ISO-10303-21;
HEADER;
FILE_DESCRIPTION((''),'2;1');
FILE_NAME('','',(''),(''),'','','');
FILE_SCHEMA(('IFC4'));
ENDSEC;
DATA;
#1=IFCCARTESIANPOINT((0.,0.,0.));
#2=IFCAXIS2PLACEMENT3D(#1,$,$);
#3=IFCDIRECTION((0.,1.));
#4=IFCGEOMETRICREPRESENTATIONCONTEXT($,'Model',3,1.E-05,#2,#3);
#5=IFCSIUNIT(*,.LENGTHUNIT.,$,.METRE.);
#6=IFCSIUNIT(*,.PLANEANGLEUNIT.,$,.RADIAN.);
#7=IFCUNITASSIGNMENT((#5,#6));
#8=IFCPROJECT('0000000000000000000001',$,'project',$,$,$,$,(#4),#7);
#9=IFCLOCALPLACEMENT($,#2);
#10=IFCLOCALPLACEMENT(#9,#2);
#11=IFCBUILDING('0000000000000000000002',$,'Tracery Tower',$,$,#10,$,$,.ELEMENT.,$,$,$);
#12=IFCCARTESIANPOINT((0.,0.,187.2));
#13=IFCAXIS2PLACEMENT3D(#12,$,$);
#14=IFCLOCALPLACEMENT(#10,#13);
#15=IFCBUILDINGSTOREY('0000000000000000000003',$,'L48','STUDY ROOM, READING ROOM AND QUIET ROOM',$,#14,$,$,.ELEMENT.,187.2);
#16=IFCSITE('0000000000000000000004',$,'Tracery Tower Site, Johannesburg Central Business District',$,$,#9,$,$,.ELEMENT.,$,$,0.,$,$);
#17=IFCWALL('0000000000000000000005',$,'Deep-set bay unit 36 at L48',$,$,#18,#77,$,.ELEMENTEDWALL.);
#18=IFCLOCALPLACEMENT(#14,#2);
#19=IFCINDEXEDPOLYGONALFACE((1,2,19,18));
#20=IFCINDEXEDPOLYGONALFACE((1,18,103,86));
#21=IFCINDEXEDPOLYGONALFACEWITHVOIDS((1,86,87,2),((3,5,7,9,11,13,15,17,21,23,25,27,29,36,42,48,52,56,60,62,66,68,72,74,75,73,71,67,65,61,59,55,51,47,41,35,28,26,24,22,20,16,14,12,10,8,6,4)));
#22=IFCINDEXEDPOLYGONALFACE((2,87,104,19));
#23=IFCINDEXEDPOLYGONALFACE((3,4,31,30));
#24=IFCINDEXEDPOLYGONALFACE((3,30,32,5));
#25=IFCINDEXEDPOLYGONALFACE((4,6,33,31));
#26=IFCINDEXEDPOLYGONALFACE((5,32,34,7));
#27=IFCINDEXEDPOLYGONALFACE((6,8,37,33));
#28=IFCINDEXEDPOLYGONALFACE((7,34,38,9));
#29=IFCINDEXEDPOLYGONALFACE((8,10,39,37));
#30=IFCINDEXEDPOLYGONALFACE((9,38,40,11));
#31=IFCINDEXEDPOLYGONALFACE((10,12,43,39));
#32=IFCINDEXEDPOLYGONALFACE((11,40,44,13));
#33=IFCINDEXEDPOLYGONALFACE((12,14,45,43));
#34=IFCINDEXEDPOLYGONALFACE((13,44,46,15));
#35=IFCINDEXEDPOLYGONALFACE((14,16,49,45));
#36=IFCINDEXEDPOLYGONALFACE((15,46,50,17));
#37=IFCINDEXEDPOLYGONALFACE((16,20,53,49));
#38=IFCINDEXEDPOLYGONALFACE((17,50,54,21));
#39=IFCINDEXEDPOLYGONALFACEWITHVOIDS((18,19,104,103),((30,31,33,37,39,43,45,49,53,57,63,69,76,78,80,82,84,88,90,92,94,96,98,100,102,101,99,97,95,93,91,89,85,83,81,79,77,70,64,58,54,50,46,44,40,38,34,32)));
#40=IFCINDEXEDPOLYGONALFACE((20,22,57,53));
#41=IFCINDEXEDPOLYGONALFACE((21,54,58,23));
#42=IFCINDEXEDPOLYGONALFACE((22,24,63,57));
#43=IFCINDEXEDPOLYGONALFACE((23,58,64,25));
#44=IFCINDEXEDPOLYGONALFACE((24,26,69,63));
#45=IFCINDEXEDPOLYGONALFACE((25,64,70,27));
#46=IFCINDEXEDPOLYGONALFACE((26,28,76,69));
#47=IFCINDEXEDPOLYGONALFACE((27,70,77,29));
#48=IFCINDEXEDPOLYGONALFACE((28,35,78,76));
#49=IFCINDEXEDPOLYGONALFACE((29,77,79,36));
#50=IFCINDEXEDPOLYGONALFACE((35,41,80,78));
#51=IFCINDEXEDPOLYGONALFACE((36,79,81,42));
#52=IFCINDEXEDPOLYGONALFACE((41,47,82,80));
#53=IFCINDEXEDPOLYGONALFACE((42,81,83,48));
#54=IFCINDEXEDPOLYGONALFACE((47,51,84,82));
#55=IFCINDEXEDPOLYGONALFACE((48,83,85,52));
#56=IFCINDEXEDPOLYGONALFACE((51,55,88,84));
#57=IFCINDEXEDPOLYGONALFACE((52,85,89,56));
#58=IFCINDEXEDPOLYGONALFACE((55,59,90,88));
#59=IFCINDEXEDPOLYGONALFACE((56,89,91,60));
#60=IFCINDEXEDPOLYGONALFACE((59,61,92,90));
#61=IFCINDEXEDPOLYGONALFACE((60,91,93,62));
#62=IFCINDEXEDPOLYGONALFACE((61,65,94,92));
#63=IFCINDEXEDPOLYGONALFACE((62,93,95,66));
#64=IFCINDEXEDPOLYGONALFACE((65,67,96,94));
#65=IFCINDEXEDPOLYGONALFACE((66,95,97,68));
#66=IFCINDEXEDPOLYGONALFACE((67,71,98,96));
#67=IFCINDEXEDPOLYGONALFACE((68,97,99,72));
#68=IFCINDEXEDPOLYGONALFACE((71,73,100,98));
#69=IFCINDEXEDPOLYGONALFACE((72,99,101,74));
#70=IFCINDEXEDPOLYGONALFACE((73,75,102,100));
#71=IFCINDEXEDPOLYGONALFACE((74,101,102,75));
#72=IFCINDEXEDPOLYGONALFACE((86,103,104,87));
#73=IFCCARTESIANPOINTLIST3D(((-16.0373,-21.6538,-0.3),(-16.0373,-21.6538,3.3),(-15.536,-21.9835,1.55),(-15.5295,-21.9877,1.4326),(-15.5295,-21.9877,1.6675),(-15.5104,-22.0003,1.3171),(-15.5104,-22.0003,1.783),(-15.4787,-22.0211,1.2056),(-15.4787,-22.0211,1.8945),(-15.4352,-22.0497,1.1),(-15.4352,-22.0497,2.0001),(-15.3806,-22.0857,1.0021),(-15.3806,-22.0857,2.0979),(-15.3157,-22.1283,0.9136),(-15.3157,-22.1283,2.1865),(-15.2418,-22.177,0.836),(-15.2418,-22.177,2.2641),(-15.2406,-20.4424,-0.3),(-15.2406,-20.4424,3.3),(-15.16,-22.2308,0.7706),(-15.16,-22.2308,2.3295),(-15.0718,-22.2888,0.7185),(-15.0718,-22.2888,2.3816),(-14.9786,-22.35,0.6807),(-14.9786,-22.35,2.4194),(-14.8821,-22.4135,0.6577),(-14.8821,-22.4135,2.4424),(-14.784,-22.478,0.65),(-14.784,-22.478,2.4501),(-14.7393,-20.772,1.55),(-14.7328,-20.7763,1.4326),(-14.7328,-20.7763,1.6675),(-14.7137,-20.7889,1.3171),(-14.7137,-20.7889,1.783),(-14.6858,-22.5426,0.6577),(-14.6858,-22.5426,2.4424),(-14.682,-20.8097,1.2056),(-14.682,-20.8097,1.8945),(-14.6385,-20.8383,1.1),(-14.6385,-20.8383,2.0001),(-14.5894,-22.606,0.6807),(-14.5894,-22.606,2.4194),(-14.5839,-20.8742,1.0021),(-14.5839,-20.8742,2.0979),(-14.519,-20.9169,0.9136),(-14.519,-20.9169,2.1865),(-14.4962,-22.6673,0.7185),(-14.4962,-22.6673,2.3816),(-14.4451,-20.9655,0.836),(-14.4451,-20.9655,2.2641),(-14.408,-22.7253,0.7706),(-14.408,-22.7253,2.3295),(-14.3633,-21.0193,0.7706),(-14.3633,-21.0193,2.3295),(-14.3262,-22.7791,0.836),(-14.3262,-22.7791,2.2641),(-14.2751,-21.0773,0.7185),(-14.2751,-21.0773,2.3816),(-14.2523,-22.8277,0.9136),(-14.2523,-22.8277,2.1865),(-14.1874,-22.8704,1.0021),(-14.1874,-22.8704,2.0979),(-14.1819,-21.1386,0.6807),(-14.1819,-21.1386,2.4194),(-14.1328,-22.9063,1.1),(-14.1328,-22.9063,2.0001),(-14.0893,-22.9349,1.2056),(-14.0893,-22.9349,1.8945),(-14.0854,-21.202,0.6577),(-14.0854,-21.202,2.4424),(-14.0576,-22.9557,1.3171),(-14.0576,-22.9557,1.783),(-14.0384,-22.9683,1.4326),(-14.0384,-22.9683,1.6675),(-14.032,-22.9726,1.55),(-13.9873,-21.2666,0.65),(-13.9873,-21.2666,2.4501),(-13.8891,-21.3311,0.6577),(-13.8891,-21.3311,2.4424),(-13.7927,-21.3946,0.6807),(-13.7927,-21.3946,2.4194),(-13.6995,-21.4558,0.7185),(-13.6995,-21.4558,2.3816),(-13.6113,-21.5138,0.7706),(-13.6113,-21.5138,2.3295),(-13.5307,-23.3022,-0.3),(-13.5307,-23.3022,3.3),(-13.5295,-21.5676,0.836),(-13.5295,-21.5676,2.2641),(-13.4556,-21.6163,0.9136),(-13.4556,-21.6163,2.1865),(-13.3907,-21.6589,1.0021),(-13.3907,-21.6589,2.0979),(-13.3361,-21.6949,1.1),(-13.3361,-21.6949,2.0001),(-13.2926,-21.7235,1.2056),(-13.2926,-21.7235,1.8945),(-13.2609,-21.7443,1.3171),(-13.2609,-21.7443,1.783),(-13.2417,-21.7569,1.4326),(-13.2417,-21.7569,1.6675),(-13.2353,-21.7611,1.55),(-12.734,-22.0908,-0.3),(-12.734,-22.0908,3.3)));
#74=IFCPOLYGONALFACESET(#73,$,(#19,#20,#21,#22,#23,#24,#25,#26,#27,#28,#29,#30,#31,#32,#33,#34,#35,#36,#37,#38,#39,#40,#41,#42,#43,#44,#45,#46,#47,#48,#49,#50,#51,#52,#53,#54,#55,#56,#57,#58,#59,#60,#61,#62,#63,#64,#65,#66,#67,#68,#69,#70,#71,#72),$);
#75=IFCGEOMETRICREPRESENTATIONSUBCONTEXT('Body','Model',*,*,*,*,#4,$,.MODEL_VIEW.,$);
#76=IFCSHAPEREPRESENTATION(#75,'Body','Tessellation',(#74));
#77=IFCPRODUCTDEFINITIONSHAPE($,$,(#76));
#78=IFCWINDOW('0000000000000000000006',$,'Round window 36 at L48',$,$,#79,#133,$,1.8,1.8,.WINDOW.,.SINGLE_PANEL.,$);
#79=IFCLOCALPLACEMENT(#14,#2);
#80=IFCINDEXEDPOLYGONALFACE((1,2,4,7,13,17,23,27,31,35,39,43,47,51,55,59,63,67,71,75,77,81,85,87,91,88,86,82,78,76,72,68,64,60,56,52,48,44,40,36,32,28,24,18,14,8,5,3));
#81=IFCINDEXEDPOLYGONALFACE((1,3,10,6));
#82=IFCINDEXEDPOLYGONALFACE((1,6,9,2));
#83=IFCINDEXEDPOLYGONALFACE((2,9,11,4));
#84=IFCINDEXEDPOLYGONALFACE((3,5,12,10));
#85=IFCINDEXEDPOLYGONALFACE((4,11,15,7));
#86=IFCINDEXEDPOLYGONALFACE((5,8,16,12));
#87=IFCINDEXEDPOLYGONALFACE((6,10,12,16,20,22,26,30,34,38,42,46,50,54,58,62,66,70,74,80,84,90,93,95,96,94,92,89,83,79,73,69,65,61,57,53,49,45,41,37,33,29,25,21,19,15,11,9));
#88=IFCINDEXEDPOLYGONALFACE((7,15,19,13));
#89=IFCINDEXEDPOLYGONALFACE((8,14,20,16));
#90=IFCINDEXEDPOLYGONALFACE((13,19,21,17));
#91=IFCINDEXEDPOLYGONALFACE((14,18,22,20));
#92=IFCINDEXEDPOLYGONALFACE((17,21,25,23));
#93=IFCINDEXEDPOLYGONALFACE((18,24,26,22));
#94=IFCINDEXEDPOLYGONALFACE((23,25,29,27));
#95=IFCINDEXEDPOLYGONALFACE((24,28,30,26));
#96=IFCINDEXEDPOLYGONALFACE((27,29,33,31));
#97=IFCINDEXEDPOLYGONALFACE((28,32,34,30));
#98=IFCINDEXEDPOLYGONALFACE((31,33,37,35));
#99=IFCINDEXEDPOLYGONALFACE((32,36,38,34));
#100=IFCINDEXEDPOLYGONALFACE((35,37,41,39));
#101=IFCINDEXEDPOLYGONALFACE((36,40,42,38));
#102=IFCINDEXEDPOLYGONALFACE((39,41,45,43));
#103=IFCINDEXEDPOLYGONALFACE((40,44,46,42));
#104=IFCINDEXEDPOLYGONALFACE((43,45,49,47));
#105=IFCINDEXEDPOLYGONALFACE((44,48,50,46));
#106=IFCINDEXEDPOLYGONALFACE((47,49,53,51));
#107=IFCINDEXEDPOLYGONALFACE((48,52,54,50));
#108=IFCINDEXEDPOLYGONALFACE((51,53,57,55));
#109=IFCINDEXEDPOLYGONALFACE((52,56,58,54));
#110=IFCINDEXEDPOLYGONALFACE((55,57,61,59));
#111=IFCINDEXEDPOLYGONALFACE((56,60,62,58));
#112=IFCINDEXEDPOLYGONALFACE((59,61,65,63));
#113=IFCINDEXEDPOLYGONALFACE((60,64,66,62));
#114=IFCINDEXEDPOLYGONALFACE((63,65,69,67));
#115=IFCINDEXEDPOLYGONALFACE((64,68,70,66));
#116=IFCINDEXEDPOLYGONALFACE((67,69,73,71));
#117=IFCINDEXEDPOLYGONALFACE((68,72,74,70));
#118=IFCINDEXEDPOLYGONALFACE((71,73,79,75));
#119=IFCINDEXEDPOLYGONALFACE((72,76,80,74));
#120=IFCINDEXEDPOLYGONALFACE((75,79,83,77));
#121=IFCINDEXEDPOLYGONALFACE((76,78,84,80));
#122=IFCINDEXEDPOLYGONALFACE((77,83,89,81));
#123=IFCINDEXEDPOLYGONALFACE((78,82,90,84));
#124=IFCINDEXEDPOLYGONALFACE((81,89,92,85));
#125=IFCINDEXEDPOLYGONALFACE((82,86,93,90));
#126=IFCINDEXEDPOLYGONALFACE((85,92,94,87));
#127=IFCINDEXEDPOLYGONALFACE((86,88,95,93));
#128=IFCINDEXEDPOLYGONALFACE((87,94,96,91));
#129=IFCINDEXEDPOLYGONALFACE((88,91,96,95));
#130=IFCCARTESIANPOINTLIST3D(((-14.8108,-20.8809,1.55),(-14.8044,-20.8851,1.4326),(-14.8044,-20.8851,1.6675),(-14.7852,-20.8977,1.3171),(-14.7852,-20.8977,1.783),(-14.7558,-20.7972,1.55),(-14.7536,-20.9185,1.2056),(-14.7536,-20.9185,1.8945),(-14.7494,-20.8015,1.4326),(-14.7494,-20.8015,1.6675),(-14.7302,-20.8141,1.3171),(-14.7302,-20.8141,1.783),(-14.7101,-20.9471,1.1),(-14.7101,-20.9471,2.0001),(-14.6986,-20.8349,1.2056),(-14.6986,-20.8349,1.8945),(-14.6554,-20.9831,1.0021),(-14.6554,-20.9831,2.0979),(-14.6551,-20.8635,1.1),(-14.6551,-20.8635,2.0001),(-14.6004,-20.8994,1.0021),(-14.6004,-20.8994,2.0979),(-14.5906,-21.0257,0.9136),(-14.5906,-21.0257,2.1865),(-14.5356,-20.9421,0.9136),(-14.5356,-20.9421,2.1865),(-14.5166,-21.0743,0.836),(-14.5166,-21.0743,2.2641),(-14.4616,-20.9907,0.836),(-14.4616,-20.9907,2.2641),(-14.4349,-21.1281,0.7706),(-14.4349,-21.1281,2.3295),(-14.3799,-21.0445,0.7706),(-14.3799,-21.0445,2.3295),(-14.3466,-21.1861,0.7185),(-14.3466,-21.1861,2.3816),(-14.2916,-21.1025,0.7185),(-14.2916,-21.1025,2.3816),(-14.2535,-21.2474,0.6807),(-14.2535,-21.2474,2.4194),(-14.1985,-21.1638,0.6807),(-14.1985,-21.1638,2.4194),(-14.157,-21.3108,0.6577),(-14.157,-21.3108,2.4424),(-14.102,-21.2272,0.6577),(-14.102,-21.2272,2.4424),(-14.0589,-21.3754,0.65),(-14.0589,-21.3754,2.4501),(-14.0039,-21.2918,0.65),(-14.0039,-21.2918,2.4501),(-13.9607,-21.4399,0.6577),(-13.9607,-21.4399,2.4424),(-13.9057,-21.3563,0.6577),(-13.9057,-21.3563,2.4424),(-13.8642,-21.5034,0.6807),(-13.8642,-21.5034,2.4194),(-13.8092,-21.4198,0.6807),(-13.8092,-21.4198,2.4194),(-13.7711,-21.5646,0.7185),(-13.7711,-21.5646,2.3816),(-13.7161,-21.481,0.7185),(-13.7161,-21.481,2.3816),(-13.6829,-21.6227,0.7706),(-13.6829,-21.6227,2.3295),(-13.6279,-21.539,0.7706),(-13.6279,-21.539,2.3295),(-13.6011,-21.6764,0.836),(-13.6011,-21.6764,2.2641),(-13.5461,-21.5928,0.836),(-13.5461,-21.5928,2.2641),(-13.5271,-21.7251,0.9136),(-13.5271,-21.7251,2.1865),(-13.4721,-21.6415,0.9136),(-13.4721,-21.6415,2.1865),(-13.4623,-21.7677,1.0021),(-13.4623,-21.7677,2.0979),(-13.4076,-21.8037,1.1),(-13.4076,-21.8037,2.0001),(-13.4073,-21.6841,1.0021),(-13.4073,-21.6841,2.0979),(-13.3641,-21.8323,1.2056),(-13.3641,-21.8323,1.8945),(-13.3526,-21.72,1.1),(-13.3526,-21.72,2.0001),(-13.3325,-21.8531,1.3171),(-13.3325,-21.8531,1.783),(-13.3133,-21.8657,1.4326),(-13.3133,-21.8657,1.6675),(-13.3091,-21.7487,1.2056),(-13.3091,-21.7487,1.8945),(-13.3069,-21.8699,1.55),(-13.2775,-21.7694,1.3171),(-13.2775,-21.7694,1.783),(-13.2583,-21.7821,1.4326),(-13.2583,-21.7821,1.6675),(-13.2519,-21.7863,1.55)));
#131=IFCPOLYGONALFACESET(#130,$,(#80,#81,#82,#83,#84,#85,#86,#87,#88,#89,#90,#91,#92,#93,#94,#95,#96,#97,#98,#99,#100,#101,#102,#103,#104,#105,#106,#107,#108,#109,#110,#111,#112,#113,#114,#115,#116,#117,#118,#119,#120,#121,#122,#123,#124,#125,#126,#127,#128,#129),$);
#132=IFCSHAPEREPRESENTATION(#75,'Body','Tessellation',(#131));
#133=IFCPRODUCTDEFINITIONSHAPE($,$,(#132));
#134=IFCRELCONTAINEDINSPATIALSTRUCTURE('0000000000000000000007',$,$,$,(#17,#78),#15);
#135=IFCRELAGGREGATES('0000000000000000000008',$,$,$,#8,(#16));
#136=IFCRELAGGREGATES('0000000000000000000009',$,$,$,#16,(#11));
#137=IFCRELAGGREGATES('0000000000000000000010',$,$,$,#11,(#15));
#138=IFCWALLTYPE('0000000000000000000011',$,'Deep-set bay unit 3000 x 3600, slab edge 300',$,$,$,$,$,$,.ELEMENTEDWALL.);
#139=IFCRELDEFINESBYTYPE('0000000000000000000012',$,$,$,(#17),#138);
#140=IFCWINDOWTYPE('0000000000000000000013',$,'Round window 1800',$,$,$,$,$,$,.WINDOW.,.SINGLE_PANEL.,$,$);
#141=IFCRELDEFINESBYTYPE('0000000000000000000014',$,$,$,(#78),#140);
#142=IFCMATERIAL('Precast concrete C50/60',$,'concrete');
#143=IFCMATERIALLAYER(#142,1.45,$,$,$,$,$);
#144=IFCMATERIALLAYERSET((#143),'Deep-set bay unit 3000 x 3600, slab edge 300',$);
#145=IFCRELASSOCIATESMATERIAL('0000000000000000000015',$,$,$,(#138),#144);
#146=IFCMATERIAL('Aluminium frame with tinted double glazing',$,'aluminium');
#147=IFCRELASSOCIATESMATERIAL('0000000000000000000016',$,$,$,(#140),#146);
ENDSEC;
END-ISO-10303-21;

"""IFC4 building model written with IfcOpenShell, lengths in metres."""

from ifc_helpers import new_model, si_unit, direction, frame, frame_2d, origin, origin_2d, place, context, subcontext, project, spatial, rectangle, circle, extrude, material, layer, layer_set, type_object, element, fill, save


model = new_model("IFC4")

# Units and contexts
model_context = context("Model", 3, precision=1e-05, world=origin(), true_north=direction((0.0, 1.0)))
body_context = subcontext(model_context, "Body", "Model", "MODEL_VIEW")
ifc_project = project(units=[si_unit("LENGTHUNIT", "METRE"), si_unit("PLANEANGLEUNIT", "RADIAN")], contexts=[model_context])

# Site, building, storey
site_placement = place(None, origin())
site = spatial("IfcSite", under=ifc_project, at=site_placement, Name="Tracery Tower Site, Johannesburg Central Business District", CompositionType="ELEMENT", RefElevation=0.0)
building_placement = place(site_placement, origin())
building = spatial("IfcBuilding", under=site, at=building_placement, Name="Tracery Tower", CompositionType="ELEMENT")
storey_placement = place(building_placement, frame((0.0, 0.0, 187.2)))
storey = spatial("IfcBuildingStorey", under=building, at=storey_placement, Name="L48", Description="STUDY ROOM, READING ROOM AND QUIET ROOM", CompositionType="ELEMENT", Elevation=187.2)

# Wall, opening, window
ifc_material_1 = material(Name="Precast concrete C50/60", Category="concrete")
ifc_layer_1 = layer(ifc_material_1, 1.45)
ifc_layer_set_1 = layer_set([ifc_layer_1], Name="Deep-set bay unit 3000 x 3600, slab edge 300")
wall_type_1 = type_object("IfcWallType", Name="Deep-set bay unit 3000 x 3600, slab edge 300", PredefinedType="ELEMENTEDWALL", material=ifc_layer_set_1)
ifc_material_2 = material(Name="Aluminium frame with tinted double glazing", Category="aluminium")
window_type = type_object("IfcWindowType", Name="Round window 1800", PartitioningType="SINGLE_PANEL", PredefinedType="WINDOW", material=ifc_material_2)
wall_1_placement = place(storey_placement, frame((-15.6389, -21.0481, -0.3), z_axis=(0.0, 0.0, 1.0), x_axis=(0.835514, -0.549469, 0.0)))
wall_1 = element("IfcWall", 1, at=wall_1_placement, inside=storey, type_object=wall_type_1, Name="Deep-set bay unit 36 at L48", PredefinedType="ELEMENTEDWALL", context=body_context, shape_type="SweptSolid", body=[
    extrude(rectangle(XDim=3.0, YDim=1.45, at=frame_2d((1.5, 0.0))), origin(), (0.0, 0.0, 1.0), 3.6001),
])
opening_1_placement = place(wall_1_placement, frame((1.5, 0.0, 1.8501)))
opening_1 = element("IfcOpeningElement", 2, at=opening_1_placement, cuts=wall_1, PredefinedType="OPENING", context=body_context, shape_type="SweptSolid", body=[
    extrude(circle(Radius=0.9, at=origin_2d()), frame((0.0, 0.7349, 0.0), z_axis=(0.0, -1.0, 0.0), x_axis=(1.0, 0.0, 0.0)), (0.0, 0.0, 1.0), 1.47),
])
window_1_placement = place(opening_1_placement, origin())
window_1 = element("IfcWindow", 3, at=window_1_placement, inside=storey, type_object=window_type, Name="Round window 36 at L48", OverallHeight=1.8, OverallWidth=1.8, PartitioningType="SINGLE_PANEL", PredefinedType="WINDOW", context=body_context, shape_type="SweptSolid", body=[
    extrude(circle(Radius=0.9, at=origin_2d()), frame((0.0, 0.6948, 0.0), z_axis=(0.0, -1.0, 0.0), x_axis=(1.0, 0.0, 0.0)), (0.0, 0.0, 1.0), 0.1001),
])
fill(opening_1, window_1)

save(model, "model.ifc")
